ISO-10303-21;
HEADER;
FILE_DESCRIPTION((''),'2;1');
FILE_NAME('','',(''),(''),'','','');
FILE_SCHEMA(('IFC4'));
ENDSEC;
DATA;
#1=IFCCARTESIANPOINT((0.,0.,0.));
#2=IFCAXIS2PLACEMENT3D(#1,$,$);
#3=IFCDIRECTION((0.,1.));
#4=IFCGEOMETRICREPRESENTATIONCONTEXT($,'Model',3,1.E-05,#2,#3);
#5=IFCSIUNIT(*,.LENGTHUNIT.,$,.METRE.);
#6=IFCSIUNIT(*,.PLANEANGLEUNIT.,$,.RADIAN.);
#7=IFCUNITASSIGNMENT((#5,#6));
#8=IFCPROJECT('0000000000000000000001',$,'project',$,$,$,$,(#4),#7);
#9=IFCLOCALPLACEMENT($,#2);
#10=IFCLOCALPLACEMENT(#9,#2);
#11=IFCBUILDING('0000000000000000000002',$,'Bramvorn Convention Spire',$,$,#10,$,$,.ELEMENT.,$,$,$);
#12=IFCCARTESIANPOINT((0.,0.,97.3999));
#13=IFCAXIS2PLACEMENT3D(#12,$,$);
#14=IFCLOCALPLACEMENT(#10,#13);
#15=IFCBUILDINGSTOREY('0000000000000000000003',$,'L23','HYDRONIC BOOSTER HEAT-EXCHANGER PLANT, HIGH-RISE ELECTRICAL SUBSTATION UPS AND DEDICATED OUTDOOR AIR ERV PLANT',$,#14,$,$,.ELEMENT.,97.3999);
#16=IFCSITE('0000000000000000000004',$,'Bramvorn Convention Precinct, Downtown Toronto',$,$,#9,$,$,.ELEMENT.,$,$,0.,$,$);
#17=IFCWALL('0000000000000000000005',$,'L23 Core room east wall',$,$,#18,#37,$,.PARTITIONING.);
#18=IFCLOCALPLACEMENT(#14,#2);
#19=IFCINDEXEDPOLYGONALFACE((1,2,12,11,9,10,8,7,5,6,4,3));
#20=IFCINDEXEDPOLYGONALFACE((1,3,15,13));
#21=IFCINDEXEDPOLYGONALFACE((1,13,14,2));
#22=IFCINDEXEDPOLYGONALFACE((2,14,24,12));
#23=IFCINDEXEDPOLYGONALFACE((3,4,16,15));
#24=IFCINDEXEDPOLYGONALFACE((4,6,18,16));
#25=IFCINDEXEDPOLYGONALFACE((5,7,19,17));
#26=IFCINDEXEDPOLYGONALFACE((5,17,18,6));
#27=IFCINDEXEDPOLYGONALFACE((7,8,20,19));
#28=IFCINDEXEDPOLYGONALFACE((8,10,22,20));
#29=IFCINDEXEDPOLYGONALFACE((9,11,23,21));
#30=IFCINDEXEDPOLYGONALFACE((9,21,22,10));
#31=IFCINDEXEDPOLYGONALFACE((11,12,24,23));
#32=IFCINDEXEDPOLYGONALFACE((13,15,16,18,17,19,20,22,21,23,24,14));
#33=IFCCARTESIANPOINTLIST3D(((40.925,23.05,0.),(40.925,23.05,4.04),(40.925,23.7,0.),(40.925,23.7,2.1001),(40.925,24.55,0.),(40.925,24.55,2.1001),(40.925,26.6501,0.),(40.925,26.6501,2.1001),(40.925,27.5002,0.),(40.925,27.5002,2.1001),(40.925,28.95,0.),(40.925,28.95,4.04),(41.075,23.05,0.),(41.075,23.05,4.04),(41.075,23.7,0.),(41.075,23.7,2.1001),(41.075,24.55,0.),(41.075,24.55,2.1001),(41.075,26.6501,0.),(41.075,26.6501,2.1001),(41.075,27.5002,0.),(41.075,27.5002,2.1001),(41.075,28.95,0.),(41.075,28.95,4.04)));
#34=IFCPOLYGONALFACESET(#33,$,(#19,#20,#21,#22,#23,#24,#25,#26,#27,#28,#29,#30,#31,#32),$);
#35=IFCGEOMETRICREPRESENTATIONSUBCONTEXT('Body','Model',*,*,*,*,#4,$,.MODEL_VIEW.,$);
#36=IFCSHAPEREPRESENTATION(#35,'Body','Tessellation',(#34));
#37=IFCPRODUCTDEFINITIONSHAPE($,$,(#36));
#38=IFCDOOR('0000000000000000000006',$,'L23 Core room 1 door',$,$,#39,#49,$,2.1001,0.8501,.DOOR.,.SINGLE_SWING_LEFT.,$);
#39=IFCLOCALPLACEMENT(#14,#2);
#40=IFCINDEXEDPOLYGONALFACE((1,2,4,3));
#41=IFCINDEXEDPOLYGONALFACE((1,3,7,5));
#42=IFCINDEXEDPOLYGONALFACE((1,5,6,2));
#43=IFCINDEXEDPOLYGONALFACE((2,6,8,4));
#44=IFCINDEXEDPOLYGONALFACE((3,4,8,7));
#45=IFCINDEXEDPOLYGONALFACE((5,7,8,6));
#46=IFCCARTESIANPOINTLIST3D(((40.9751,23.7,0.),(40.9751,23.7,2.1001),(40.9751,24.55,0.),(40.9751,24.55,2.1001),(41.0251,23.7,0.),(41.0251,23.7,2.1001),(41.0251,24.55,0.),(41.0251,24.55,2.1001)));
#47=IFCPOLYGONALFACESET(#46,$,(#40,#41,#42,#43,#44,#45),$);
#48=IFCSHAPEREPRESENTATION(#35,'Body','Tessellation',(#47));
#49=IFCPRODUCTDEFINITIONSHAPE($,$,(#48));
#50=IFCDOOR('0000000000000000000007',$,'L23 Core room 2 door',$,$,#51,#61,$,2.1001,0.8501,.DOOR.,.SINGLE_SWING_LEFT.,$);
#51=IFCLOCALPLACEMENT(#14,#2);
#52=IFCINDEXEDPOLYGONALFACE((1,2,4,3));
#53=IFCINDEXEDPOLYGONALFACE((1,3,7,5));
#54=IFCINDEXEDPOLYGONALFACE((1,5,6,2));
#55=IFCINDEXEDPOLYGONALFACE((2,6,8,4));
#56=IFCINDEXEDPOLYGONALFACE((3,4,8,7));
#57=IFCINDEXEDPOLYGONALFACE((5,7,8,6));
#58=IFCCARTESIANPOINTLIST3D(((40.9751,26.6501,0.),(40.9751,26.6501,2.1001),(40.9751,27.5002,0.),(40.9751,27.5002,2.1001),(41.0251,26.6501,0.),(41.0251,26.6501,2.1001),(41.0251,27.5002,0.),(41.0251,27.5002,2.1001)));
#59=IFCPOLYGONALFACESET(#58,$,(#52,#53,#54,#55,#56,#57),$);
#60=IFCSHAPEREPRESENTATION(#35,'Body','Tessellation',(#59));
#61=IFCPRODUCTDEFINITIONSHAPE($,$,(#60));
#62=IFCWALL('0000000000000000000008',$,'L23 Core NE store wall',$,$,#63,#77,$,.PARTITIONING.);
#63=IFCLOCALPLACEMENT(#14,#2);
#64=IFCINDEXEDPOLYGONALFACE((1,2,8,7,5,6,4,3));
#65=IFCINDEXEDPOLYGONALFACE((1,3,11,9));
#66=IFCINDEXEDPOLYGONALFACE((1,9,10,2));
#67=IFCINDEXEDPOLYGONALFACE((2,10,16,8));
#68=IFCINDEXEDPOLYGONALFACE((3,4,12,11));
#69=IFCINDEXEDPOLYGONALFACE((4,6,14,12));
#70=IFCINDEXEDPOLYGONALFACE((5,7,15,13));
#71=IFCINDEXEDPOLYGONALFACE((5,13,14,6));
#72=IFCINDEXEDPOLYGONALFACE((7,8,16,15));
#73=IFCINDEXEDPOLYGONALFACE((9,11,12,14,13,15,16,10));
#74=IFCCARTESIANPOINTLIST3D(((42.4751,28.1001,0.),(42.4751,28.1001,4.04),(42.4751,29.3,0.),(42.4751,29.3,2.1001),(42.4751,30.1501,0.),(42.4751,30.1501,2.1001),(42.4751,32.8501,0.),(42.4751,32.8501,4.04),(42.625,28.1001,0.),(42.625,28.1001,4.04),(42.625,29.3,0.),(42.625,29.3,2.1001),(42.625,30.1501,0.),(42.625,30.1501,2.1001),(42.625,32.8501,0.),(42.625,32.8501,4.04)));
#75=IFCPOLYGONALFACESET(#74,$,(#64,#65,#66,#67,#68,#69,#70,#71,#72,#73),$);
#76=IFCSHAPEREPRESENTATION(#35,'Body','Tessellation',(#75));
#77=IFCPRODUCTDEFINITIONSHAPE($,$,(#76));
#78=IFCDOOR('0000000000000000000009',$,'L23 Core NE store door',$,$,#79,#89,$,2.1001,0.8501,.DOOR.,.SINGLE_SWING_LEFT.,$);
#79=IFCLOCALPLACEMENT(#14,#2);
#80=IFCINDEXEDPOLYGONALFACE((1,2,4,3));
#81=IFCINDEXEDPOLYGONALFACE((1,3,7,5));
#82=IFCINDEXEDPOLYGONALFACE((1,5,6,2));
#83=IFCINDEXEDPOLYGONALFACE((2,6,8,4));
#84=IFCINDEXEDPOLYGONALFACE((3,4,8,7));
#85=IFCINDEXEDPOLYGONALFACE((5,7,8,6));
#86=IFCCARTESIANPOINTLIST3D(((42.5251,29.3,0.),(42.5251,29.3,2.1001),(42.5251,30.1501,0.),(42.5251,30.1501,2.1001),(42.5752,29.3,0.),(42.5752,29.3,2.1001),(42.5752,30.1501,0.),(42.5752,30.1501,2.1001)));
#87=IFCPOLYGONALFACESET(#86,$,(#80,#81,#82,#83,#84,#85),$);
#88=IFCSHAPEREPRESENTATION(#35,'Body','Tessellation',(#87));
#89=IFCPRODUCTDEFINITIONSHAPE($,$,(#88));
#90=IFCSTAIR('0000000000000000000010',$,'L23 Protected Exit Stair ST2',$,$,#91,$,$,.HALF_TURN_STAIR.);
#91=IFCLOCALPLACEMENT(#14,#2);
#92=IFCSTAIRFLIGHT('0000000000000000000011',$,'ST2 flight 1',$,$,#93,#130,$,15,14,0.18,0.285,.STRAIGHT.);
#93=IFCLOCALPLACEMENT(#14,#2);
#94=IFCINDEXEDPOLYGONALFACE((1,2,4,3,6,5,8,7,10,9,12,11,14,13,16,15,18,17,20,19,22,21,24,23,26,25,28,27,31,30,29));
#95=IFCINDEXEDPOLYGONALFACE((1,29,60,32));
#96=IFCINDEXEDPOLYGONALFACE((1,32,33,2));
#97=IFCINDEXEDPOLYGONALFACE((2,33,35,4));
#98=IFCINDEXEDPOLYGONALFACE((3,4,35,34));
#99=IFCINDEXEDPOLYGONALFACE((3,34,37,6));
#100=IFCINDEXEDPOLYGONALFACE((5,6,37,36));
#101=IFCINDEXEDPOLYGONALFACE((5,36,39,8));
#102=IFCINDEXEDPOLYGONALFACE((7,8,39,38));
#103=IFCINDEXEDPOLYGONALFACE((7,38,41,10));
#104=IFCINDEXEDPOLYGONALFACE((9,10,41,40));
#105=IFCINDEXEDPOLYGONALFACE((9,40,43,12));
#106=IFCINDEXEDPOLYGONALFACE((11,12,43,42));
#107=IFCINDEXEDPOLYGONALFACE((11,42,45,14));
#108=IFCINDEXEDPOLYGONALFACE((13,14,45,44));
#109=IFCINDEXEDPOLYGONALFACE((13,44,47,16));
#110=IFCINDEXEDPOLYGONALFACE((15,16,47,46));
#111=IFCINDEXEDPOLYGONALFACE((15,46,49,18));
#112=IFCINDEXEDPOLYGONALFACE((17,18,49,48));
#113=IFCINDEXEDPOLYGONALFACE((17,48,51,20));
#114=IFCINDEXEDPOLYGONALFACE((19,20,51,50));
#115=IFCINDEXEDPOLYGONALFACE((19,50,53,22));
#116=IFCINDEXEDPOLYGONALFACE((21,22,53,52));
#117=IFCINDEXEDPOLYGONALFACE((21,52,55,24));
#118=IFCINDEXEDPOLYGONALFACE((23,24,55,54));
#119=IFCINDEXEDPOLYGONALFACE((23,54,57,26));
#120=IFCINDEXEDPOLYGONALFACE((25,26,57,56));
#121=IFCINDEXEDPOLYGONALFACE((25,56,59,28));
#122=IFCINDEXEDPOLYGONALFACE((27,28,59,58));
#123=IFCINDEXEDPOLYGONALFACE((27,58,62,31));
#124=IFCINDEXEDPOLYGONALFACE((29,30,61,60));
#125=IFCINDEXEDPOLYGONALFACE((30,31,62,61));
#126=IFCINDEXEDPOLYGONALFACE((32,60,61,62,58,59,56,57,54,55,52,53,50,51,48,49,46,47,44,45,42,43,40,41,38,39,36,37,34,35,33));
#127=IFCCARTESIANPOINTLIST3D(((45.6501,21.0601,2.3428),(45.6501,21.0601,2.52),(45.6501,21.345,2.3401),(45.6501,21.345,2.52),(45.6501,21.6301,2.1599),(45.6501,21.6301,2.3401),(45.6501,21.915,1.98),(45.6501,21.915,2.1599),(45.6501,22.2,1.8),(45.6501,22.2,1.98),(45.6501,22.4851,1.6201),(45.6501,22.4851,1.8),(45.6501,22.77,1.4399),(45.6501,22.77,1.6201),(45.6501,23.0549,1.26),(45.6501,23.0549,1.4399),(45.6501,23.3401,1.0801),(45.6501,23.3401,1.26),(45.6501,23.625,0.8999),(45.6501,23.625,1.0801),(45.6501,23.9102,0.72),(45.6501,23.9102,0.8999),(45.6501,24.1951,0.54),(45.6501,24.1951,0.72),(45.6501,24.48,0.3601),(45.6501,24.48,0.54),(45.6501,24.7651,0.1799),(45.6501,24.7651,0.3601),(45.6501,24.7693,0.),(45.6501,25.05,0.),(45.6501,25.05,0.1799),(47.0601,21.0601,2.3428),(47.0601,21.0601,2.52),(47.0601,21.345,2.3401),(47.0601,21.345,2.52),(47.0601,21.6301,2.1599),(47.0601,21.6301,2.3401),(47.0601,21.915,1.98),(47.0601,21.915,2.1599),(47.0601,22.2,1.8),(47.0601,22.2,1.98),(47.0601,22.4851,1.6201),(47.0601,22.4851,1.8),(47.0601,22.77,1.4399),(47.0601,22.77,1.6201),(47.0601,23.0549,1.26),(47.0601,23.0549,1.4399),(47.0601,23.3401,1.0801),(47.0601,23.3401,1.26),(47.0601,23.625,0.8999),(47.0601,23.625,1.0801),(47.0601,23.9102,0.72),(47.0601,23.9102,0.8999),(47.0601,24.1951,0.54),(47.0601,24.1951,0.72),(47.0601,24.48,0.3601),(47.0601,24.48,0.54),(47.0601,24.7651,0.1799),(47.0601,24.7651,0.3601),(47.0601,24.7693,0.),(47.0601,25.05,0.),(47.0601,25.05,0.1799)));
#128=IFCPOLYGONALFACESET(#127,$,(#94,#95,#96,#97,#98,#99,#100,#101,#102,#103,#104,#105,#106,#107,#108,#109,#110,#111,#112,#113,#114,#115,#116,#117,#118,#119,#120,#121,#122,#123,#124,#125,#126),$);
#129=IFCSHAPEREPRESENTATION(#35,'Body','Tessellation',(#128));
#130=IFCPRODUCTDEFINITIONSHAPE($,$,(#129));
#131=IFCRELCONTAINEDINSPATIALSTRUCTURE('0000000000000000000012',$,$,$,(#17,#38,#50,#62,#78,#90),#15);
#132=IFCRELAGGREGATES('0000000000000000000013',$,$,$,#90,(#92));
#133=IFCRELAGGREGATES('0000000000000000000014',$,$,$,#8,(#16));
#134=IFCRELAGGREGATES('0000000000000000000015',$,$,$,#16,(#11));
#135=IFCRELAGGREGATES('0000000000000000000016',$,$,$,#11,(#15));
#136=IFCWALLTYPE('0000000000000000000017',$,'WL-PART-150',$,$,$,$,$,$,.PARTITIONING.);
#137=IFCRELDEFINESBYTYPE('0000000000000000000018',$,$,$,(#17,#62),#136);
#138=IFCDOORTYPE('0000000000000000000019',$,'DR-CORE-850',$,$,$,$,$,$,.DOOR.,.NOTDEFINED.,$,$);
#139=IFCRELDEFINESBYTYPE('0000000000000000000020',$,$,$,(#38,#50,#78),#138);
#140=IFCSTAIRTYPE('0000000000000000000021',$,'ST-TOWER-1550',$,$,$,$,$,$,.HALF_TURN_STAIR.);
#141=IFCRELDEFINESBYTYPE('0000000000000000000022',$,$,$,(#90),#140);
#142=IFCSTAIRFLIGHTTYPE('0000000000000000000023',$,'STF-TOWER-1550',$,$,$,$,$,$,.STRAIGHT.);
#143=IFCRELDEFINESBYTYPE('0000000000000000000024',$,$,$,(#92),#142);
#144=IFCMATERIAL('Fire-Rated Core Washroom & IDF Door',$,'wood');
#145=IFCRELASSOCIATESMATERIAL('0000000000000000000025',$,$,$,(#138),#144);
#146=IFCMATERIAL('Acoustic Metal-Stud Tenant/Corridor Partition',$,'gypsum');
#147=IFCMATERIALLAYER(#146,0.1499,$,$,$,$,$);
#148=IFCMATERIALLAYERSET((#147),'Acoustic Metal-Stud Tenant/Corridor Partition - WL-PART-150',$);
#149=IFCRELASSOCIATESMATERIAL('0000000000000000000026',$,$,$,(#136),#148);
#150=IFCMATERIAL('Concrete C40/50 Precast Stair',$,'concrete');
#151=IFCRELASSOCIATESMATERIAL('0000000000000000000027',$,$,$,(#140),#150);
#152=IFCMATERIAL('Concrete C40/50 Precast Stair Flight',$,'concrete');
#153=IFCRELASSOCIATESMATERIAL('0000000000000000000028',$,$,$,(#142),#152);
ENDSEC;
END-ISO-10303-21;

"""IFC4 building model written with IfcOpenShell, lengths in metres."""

from ifc_helpers import new_model, si_unit, direction, frame, frame_2d, origin, place, context, subcontext, project, spatial, polyline, rectangle, outline, extrude, material, layer, layer_set, type_object, element, fill, aggregate, save


model = new_model("IFC4")

# Units and contexts
model_context = context("Model", 3, precision=1e-05, world=origin(), true_north=direction((0.0, 1.0)))
body_context = subcontext(model_context, "Body", "Model", "MODEL_VIEW")
ifc_project = project(units=[si_unit("LENGTHUNIT", "METRE"), si_unit("PLANEANGLEUNIT", "RADIAN")], contexts=[model_context])

# Site, building, storey
site_placement = place(None, origin())
site = spatial("IfcSite", under=ifc_project, at=site_placement, Name="Bramvorn Convention Precinct, Downtown Toronto", CompositionType="ELEMENT", RefElevation=0.0)
building_placement = place(site_placement, origin())
building = spatial("IfcBuilding", under=site, at=building_placement, Name="Bramvorn Convention Spire", CompositionType="ELEMENT")
storey_placement = place(building_placement, frame((0.0, 0.0, 97.3999)))
storey = spatial("IfcBuildingStorey", under=building, at=storey_placement, Name="L23", Description="HYDRONIC BOOSTER HEAT-EXCHANGER PLANT, HIGH-RISE ELECTRICAL SUBSTATION UPS AND DEDICATED OUTDOOR AIR ERV PLANT", CompositionType="ELEMENT", Elevation=97.3999)

# Shared definitions
ifc_material_1 = material(Name="Fire-Rated Core Washroom & IDF Door", Category="wood")
door_type_1 = type_object("IfcDoorType", Name="DR-CORE-850", OperationType="NOTDEFINED", PredefinedType="DOOR", material=ifc_material_1)

# Wall, openings, doors
ifc_material_2 = material(Name="Acoustic Metal-Stud Tenant/Corridor Partition", Category="gypsum")
ifc_layer_1 = layer(ifc_material_2, 0.1499)
ifc_layer_set_1 = layer_set([ifc_layer_1], Name="Acoustic Metal-Stud Tenant/Corridor Partition - WL-PART-150")
wall_type_1 = type_object("IfcWallType", Name="WL-PART-150", PredefinedType="PARTITIONING", material=ifc_layer_set_1)
wall_1_placement = place(storey_placement, frame((41.0, 23.05, 0.0), z_axis=(0.0, 0.0, 1.0), x_axis=(0.0, 1.0, 0.0)))
wall_1 = element("IfcWall", 1, at=wall_1_placement, inside=storey, type_object=wall_type_1, Name="L23 Core room east wall", PredefinedType="PARTITIONING", context=body_context, shape_type="SweptSolid", body=[
    extrude(rectangle(XDim=5.8999, YDim=0.1499, at=frame_2d((2.95, 0.0))), origin(), (0.0, 0.0, 1.0), 4.04),
])
opening_1_placement = place(wall_1_placement, frame((0.6499, 0.0, 0.0)))
opening_1 = element("IfcOpeningElement", 2, at=opening_1_placement, cuts=wall_1, PredefinedType="OPENING", context=body_context, shape_type="SweptSolid", body=[
    extrude(rectangle(XDim=0.8501, YDim=2.1001, at=frame_2d((0.425, 1.05))), frame((0.0, 0.085, 0.0), z_axis=(0.0, -1.0, 0.0), x_axis=(1.0, 0.0, 0.0)), (0.0, 0.0, 1.0), 0.1699),
])
opening_2_placement = place(wall_1_placement, frame((3.6001, 0.0, 0.0)))
opening_2 = element("IfcOpeningElement", 3, at=opening_2_placement, cuts=wall_1, PredefinedType="OPENING", context=body_context, shape_type="SweptSolid", body=[
    extrude(rectangle(XDim=0.8501, YDim=2.1001, at=frame_2d((0.425, 1.05))), frame((0.0, 0.085, 0.0), z_axis=(0.0, -1.0, 0.0), x_axis=(1.0, 0.0, 0.0)), (0.0, 0.0, 1.0), 0.1699),
])
door_1_placement = place(opening_1_placement, origin())
door_1 = element("IfcDoor", 4, at=door_1_placement, inside=storey, type_object=door_type_1, Name="L23 Core room 1 door", OperationType="SINGLE_SWING_LEFT", OverallHeight=2.1001, OverallWidth=0.8501, PredefinedType="DOOR", context=body_context, shape_type="SweptSolid", body=[
    extrude(rectangle(XDim=0.8501, YDim=2.1001, at=frame_2d((0.425, 1.05))), frame((0.0, 0.0249, 0.0), z_axis=(0.0, -1.0, 0.0), x_axis=(1.0, 0.0, 0.0)), (0.0, 0.0, 1.0), 0.05),
])
fill(opening_1, door_1)
door_2_placement = place(opening_2_placement, origin())
door_2 = element("IfcDoor", 5, at=door_2_placement, inside=storey, type_object=door_type_1, Name="L23 Core room 2 door", OperationType="SINGLE_SWING_LEFT", OverallHeight=2.1001, OverallWidth=0.8501, PredefinedType="DOOR", context=body_context, shape_type="SweptSolid", body=[
    extrude(rectangle(XDim=0.8501, YDim=2.1001, at=frame_2d((0.425, 1.05))), frame((0.0, 0.0249, 0.0), z_axis=(0.0, -1.0, 0.0), x_axis=(1.0, 0.0, 0.0)), (0.0, 0.0, 1.0), 0.05),
])
fill(opening_2, door_2)

# Wall, opening, door
wall_2_placement = place(storey_placement, frame((42.55, 28.1001, 0.0), z_axis=(0.0, 0.0, 1.0), x_axis=(0.0, 1.0, 0.0)))
wall_2 = element("IfcWall", 6, at=wall_2_placement, inside=storey, type_object=wall_type_1, Name="L23 Core NE store wall", PredefinedType="PARTITIONING", context=body_context, shape_type="SweptSolid", body=[
    extrude(rectangle(XDim=4.75, YDim=0.1499, at=frame_2d((2.375, 0.0))), origin(), (0.0, 0.0, 1.0), 4.04),
])
opening_3_placement = place(wall_2_placement, frame((1.2, 0.0, 0.0)))
opening_3 = element("IfcOpeningElement", 7, at=opening_3_placement, cuts=wall_2, PredefinedType="OPENING", context=body_context, shape_type="SweptSolid", body=[
    extrude(rectangle(XDim=0.8501, YDim=2.1001, at=frame_2d((0.425, 1.05))), frame((0.0, 0.085, 0.0), z_axis=(0.0, -1.0, 0.0), x_axis=(1.0, 0.0, 0.0)), (0.0, 0.0, 1.0), 0.1699),
])
door_3_placement = place(opening_3_placement, origin())
door_3 = element("IfcDoor", 8, at=door_3_placement, inside=storey, type_object=door_type_1, Name="L23 Core NE store door", OperationType="SINGLE_SWING_LEFT", OverallHeight=2.1001, OverallWidth=0.8501, PredefinedType="DOOR", context=body_context, shape_type="SweptSolid", body=[
    extrude(rectangle(XDim=0.8501, YDim=2.1001, at=frame_2d((0.425, 1.05))), frame((0.0, 0.0249, 0.0), z_axis=(0.0, -1.0, 0.0), x_axis=(1.0, 0.0, 0.0)), (0.0, 0.0, 1.0), 0.05),
])
fill(opening_3, door_3)

# Stair, stair flight
ifc_material_3 = material(Name="Concrete C40/50 Precast Stair", Category="concrete")
stair_type = type_object("IfcStairType", Name="ST-TOWER-1550", PredefinedType="HALF_TURN_STAIR", material=ifc_material_3)
stair_placement = place(storey_placement, origin())
stair = element("IfcStair", 9, at=stair_placement, inside=storey, type_object=stair_type, Name="L23 Protected Exit Stair ST2", PredefinedType="HALF_TURN_STAIR")
ifc_material_4 = material(Name="Concrete C40/50 Precast Stair Flight", Category="concrete")
stair_flight_type = type_object("IfcStairFlightType", Name="STF-TOWER-1550", PredefinedType="STRAIGHT", material=ifc_material_4)
stair_flight_placement = place(storey_placement, frame((46.355, 25.05, 0.0), z_axis=(0.0, 0.0, 1.0), x_axis=(0.0, -1.0, 0.0)))
stair_flight = element("IfcStairFlight", 10, at=stair_flight_placement, type_object=stair_flight_type, Name="ST2 flight 1", NumberOfRisers=15, NumberOfTreads=14, PredefinedType="STRAIGHT", RiserHeight=0.18, TreadLength=0.285, context=body_context, shape_type="SweptSolid", body=[
    extrude(outline(polyline([(0.0, 0.0), (0.0, 0.1799), (0.2849, 0.1799), (0.2849, 0.3601), (0.5701, 0.3601), (0.5701, 0.54), (0.855, 0.54), (0.855, 0.72), (1.1399, 0.72), (1.1399, 0.8999), (1.425, 0.8999), (1.425, 1.0801), (1.71, 1.0801), (1.71, 1.26), (1.9951, 1.26), (1.9951, 1.4399), (2.28, 1.4399), (2.28, 1.6201), (2.5649, 1.6201), (2.5649, 1.8), (2.8501, 1.8), (2.8501, 1.98), (3.135, 1.98), (3.135, 2.1599), (3.4199, 2.1599), (3.4199, 2.3401), (3.7051, 2.3401), (3.7051, 2.52), (3.99, 2.52), (3.99, 2.7), (3.99, 2.3428), (0.2808, 0.0), (0.0, 0.0)])), frame((0.0, 0.7051, 0.0), z_axis=(0.0, -1.0, 0.0), x_axis=(1.0, 0.0, 0.0)), (0.0, 0.0, 1.0), 1.4099),
])
aggregate(stair, [stair_flight])

save(model, "model.ifc")
